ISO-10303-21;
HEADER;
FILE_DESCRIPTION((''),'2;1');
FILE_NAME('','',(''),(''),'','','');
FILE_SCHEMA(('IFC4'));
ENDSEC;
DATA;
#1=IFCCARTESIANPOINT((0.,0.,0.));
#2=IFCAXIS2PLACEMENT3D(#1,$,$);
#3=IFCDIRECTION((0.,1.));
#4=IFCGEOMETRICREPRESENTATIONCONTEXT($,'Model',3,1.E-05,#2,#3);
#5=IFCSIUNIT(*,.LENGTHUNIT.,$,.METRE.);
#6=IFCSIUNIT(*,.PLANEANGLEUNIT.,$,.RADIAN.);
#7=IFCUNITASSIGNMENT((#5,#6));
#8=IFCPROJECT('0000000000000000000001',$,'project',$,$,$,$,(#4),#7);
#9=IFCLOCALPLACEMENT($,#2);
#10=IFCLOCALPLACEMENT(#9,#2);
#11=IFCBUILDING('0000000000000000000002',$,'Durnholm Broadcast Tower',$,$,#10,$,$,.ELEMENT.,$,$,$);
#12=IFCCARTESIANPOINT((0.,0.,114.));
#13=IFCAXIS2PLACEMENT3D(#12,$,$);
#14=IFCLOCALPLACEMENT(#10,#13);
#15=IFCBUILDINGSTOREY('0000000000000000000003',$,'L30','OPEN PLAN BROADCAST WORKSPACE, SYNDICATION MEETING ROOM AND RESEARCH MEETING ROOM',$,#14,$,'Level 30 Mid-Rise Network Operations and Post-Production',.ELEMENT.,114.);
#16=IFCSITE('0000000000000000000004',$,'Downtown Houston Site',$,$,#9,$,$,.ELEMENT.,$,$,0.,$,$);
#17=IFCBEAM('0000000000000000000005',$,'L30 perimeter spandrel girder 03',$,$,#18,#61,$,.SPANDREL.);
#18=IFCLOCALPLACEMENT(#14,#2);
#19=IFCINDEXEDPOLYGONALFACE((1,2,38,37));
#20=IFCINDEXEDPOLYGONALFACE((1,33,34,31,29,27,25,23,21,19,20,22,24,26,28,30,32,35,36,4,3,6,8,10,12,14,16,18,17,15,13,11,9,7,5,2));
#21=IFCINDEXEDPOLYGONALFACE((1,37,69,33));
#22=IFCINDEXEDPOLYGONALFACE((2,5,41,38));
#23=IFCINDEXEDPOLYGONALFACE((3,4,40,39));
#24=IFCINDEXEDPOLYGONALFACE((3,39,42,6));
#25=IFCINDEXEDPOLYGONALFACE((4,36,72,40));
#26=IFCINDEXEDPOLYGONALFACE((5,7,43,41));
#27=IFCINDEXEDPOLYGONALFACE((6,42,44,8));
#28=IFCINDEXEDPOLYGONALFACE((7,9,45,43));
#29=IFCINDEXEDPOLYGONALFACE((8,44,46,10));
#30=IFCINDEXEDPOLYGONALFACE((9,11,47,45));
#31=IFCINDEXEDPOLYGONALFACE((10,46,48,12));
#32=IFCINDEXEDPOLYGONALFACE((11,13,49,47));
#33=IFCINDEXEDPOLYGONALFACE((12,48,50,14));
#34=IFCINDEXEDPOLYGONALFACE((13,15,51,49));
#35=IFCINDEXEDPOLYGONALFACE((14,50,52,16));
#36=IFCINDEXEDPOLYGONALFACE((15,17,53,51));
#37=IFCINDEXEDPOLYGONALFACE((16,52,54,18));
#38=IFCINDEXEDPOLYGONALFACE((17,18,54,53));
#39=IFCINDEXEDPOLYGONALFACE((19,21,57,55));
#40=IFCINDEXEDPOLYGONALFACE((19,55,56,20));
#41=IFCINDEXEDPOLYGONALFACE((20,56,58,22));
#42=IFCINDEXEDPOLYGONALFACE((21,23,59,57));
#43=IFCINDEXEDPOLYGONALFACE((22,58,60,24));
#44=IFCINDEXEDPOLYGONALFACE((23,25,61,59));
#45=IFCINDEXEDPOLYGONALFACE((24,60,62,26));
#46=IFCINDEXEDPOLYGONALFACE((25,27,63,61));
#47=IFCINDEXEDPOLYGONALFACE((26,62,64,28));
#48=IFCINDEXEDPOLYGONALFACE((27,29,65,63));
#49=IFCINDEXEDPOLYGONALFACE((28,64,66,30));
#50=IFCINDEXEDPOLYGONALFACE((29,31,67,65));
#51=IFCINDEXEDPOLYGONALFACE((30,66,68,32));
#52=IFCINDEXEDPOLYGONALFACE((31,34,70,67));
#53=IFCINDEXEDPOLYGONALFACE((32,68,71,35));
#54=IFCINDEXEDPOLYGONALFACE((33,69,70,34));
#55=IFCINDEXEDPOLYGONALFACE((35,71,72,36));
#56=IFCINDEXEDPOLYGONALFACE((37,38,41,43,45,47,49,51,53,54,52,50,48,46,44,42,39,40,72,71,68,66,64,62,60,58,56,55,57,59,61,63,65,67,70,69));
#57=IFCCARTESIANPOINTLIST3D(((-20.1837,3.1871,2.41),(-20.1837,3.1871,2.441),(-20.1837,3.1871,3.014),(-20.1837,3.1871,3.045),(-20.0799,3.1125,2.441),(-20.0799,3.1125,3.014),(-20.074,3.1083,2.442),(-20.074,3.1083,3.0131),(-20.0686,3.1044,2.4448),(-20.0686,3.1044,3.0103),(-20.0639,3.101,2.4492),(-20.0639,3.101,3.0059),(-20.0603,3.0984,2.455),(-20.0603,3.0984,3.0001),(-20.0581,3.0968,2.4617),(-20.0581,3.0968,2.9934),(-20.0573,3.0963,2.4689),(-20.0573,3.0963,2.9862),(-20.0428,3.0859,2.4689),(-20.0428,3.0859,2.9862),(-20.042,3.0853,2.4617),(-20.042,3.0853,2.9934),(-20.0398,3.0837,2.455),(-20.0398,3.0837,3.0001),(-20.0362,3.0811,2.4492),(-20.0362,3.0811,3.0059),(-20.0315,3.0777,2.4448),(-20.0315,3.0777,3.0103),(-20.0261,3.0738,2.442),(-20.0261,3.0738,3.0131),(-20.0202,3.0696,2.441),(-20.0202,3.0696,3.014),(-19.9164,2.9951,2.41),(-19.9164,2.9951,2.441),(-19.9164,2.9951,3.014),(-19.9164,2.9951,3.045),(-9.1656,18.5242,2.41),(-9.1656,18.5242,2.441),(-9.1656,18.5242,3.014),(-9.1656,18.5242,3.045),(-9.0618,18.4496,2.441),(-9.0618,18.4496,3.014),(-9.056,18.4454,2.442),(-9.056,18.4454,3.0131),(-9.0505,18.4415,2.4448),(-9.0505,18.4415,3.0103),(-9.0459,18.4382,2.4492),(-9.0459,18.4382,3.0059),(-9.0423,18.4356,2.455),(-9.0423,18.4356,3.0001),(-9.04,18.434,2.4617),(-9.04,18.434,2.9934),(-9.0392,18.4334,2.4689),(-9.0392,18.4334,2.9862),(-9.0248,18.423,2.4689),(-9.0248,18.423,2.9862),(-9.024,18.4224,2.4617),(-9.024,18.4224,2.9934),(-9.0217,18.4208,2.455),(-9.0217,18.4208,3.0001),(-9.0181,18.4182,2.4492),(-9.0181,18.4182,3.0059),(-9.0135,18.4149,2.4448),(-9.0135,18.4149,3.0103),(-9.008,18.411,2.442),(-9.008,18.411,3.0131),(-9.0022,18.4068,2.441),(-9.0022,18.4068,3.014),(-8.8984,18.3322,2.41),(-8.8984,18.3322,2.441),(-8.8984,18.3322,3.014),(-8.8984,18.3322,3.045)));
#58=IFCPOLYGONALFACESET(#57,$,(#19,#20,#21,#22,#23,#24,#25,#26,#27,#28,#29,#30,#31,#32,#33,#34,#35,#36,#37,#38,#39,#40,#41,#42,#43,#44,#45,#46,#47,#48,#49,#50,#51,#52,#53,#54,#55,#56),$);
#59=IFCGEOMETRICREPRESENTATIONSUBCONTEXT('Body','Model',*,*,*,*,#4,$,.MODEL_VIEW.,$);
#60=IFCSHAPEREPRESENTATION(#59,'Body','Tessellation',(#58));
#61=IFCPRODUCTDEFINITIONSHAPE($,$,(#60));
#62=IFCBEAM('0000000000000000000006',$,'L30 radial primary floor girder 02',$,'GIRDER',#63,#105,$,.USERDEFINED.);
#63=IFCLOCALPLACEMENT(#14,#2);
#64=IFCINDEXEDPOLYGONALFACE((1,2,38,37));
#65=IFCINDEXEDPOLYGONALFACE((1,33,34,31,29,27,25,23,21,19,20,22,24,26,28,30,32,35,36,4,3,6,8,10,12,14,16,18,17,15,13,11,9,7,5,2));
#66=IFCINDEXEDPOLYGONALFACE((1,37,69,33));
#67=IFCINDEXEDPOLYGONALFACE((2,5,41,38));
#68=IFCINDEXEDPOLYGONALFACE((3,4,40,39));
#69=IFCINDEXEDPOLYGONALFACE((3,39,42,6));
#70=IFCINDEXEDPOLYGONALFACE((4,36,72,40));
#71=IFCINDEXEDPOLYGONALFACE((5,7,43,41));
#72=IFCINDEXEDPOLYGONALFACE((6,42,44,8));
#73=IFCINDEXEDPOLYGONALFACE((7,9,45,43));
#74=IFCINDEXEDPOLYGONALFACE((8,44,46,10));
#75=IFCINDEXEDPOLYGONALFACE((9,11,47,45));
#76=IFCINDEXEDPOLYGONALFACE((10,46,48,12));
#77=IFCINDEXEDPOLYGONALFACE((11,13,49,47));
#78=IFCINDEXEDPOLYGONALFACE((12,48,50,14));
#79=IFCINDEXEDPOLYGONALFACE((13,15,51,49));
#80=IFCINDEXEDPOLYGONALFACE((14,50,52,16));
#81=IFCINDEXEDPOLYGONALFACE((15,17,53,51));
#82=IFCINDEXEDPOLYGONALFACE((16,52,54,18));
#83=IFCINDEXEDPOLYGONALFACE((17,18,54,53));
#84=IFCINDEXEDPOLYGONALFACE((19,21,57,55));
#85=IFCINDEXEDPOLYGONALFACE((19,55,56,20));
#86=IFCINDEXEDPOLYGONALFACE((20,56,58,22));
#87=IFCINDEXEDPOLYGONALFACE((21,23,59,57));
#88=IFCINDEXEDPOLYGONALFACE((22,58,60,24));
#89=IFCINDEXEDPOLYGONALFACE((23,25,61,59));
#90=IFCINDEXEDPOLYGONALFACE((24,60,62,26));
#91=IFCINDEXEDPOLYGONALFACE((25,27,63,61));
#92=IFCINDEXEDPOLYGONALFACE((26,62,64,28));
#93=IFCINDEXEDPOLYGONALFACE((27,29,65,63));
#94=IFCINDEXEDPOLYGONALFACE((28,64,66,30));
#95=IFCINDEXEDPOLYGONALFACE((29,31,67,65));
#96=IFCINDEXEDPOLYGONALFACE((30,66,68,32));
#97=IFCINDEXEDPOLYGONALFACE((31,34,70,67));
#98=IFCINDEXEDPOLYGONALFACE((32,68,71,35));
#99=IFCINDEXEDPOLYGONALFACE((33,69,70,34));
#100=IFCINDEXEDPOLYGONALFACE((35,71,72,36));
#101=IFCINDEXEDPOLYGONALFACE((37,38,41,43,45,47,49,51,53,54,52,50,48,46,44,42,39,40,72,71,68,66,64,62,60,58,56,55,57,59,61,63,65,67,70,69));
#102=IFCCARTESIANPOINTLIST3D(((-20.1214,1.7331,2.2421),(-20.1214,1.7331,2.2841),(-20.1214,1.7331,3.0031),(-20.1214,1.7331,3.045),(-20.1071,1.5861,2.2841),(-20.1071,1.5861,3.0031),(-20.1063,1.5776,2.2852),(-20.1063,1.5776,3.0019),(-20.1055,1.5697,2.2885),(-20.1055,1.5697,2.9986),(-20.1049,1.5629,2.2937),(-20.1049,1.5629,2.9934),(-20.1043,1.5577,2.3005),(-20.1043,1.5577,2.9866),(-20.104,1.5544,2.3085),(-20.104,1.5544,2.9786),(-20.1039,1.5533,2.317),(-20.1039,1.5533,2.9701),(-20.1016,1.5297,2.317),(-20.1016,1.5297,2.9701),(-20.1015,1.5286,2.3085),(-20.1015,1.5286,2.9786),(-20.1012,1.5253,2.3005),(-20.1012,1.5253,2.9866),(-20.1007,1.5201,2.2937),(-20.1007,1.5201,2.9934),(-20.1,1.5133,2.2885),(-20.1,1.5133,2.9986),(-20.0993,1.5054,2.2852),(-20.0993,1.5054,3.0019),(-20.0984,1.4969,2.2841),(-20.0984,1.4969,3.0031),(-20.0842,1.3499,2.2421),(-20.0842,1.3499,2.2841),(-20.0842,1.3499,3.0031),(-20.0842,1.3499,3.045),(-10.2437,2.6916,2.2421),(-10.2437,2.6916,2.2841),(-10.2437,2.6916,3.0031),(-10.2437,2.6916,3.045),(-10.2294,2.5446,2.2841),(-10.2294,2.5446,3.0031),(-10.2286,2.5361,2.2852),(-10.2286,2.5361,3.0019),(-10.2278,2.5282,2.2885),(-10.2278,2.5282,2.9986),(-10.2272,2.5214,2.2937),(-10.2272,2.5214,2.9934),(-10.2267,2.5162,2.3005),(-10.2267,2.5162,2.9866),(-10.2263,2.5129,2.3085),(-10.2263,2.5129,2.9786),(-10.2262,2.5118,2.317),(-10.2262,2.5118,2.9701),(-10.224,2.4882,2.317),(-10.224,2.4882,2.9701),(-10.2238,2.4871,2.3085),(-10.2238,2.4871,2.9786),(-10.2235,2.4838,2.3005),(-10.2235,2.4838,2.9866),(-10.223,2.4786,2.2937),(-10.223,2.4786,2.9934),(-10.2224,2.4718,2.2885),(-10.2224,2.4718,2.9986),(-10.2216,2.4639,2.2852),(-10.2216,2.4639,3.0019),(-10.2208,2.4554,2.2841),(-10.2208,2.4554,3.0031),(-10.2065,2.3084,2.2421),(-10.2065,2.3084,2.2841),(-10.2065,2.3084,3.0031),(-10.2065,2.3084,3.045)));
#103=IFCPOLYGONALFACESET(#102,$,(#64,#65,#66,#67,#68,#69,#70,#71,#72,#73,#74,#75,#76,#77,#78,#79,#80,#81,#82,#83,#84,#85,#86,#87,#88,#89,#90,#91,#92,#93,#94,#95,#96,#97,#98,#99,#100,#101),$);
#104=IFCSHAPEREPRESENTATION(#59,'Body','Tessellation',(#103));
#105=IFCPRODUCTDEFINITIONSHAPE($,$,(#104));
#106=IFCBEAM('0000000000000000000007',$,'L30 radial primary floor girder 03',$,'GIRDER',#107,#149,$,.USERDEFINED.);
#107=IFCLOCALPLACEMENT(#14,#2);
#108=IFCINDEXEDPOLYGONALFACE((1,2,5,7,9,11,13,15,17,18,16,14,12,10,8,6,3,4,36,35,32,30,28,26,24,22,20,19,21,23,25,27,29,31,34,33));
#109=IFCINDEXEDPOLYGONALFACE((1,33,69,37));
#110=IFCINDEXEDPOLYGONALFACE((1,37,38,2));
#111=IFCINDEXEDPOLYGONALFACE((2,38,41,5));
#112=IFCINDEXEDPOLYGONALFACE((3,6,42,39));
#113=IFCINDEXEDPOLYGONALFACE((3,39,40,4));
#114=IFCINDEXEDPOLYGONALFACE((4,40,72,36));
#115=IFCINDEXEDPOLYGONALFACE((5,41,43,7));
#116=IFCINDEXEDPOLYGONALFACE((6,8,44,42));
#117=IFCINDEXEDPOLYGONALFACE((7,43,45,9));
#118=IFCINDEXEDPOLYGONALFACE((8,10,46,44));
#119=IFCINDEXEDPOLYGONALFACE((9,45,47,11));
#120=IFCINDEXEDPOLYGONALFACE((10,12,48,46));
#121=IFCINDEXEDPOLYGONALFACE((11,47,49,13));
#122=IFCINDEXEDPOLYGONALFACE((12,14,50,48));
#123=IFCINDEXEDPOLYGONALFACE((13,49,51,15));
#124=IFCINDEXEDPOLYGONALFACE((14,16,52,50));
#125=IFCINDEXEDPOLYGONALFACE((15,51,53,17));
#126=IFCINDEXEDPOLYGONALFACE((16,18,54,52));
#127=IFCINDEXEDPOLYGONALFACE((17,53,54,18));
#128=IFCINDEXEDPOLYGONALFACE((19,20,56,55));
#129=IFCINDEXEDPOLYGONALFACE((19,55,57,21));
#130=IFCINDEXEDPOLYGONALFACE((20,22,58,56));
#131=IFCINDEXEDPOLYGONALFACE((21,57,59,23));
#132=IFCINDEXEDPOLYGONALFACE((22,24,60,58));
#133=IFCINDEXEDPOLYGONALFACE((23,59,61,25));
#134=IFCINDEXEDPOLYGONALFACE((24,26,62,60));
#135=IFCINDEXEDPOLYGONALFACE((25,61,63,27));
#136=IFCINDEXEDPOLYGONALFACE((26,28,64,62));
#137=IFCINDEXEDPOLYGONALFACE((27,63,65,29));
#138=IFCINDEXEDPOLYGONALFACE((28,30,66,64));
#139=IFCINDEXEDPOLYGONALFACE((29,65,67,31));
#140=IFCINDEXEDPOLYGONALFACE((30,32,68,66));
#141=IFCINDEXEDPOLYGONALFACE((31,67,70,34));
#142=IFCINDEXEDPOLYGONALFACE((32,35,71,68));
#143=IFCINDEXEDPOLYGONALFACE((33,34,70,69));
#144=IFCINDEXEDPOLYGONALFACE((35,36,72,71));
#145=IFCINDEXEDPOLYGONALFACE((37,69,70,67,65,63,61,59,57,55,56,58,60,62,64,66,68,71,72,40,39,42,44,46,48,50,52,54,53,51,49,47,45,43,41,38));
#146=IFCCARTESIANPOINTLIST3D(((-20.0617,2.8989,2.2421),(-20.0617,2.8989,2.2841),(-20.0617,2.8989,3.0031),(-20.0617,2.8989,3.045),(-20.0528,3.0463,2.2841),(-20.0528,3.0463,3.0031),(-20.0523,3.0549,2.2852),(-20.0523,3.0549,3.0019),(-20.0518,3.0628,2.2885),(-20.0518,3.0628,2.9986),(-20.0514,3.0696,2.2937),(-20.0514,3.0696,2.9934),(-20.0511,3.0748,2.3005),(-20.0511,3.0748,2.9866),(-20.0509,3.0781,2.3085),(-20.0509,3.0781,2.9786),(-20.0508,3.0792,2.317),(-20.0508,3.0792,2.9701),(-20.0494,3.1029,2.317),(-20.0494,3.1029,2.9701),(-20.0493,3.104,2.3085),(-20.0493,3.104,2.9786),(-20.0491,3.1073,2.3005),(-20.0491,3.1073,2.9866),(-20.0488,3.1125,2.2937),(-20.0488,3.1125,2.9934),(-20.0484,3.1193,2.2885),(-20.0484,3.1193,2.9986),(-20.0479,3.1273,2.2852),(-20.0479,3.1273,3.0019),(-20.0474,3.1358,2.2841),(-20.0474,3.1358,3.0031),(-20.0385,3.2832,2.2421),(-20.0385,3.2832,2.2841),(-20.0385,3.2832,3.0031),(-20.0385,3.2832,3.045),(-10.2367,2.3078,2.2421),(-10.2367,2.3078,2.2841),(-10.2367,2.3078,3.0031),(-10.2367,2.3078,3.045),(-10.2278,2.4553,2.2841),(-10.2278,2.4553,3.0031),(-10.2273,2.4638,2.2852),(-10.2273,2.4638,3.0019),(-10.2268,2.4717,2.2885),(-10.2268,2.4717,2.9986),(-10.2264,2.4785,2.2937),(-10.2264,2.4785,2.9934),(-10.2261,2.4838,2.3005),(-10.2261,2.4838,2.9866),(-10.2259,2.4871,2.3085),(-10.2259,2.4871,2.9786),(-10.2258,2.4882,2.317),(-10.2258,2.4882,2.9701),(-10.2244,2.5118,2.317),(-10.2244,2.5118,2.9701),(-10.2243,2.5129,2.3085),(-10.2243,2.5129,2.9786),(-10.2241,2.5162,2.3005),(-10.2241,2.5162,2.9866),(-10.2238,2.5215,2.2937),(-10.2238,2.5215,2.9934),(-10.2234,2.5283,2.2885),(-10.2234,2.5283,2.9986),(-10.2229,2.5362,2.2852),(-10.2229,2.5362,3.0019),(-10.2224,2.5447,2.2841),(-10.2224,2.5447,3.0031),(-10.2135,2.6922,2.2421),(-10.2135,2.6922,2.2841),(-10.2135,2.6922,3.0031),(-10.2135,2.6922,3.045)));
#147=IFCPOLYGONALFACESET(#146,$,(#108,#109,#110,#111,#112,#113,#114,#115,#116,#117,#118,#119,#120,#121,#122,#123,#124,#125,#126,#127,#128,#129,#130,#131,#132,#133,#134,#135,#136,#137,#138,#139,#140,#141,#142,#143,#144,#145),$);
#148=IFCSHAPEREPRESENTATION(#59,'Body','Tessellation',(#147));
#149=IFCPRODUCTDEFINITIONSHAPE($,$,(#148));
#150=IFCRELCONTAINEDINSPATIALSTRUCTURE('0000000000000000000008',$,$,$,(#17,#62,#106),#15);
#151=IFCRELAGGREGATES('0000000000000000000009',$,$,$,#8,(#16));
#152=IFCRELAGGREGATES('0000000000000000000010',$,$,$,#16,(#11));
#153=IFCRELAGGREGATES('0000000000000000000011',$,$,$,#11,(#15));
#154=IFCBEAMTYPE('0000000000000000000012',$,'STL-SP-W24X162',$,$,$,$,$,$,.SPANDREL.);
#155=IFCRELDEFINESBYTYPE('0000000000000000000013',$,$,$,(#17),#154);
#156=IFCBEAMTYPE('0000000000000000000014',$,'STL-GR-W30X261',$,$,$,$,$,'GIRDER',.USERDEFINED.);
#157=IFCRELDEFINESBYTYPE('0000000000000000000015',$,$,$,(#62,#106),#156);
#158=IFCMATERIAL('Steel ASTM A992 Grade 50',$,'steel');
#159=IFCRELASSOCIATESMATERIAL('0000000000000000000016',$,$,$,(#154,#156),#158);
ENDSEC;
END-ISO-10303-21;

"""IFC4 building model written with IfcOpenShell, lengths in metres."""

from ifc_helpers import new_model, si_unit, direction, frame, origin, origin_2d, place, context, subcontext, project, spatial, i_section, extrude, source, transform, mapped, material, material_profile, profile_set, type_object, type_shapes, element, save


model = new_model("IFC4")

# Units and contexts
model_context = context("Model", 3, precision=1e-05, world=origin(), true_north=direction((0.0, 1.0)))
body_context = subcontext(model_context, "Body", "Model", "MODEL_VIEW")
ifc_project = project(units=[si_unit("LENGTHUNIT", "METRE"), si_unit("PLANEANGLEUNIT", "RADIAN")], contexts=[model_context])

# Site, building, storey
site_placement = place(None, origin())
site = spatial("IfcSite", under=ifc_project, at=site_placement, Name="Downtown Houston Site", CompositionType="ELEMENT", RefElevation=0.0)
building_placement = place(site_placement, origin())
building = spatial("IfcBuilding", under=site, at=building_placement, Name="Durnholm Broadcast Tower", CompositionType="ELEMENT")
storey_placement = place(building_placement, frame((0.0, 0.0, 114.0)))
storey = spatial("IfcBuildingStorey", under=building, at=storey_placement, Name="L30", Description="OPEN PLAN BROADCAST WORKSPACE, SYNDICATION MEETING ROOM AND RESEARCH MEETING ROOM", LongName="Level 30 Mid-Rise Network Operations and Post-Production", CompositionType="ELEMENT", Elevation=114.0)

# Beams
ifc_material_1 = material(Name="Steel ASTM A992 Grade 50", Category="steel")
ifc_material_profile_1 = material_profile(ifc_material_1, i_section(OverallWidth=0.3291, OverallDepth=0.635, WebThickness=0.0178, FlangeThickness=0.031, FilletRadius=0.0278, at=origin_2d()), Name="W24X162")
ifc_profile_set_1 = profile_set([ifc_material_profile_1], Name="Steel ASTM A992 Grade 50")
beam_type_1 = type_object("IfcBeamType", Name="STL-SP-W24X162", PredefinedType="SPANDREL", material=ifc_profile_set_1)
shared_shape_1 = source(origin(), body_context, "Body", "SweptSolid", [
    extrude(i_section(OverallWidth=0.3291, OverallDepth=0.635, WebThickness=0.0178, FlangeThickness=0.031, FilletRadius=0.0278, at=origin_2d()), origin(), (0.0, 0.0, 1.0), 18.8845),
])
beam_1_placement = place(storey_placement, frame((-20.05, 3.0911, 2.7275), z_axis=(0.583443, 0.812154, 0.0), x_axis=(-0.812154, 0.583443, 0.0)))
element("IfcBeam", 1, at=beam_1_placement, inside=storey, type_object=beam_type_1, Name="L30 perimeter spandrel girder 03", PredefinedType="SPANDREL", context=body_context, shape_type="MappedRepresentation", body=[
    mapped(shared_shape_1, transform((0.0, 0.0, 0.0), x_axis=(1.0, 0.0, 0.0), y_axis=(0.0, 1.0, 0.0), z_axis=(0.0, 0.0, 1.0), scale=1.0)),
])
ifc_material_profile_2 = material_profile(ifc_material_1, i_section(OverallWidth=0.385, OverallDepth=0.803, WebThickness=0.0237, FlangeThickness=0.042, FilletRadius=0.033, at=origin_2d()), Name="W30X261")
ifc_profile_set_2 = profile_set([ifc_material_profile_2], Name="Steel ASTM A992 Grade 50")
beam_type_2 = type_object("IfcBeamType", Name="STL-GR-W30X261", ElementType="GIRDER", PredefinedType="USERDEFINED", material=ifc_profile_set_2)
shared_shape_2 = source(origin(), body_context, "Body", "SweptSolid", [
    extrude(i_section(OverallWidth=0.385, OverallDepth=0.803, WebThickness=0.0237, FlangeThickness=0.042, FilletRadius=0.033, at=origin_2d()), origin(), (0.0, 0.0, 1.0), 9.9241),
])
beam_2_placement = place(storey_placement, frame((-10.2251, 2.5, 2.6436), z_axis=(-0.995325, -0.096583, 0.0), x_axis=(0.096583, -0.995325, 0.0)))
element("IfcBeam", 2, at=beam_2_placement, inside=storey, type_object=beam_type_2, Name="L30 radial primary floor girder 02", ObjectType="GIRDER", PredefinedType="USERDEFINED", context=body_context, shape_type="MappedRepresentation", body=[
    mapped(shared_shape_2, transform((0.0, 0.0, 0.0), x_axis=(1.0, 0.0, 0.0), y_axis=(0.0, 1.0, 0.0), z_axis=(0.0, 0.0, 1.0), scale=1.0)),
])
shared_shape_3 = source(origin(), body_context, "Body", "SweptSolid", [
    extrude(i_section(OverallWidth=0.385, OverallDepth=0.803, WebThickness=0.0237, FlangeThickness=0.042, FilletRadius=0.033, at=origin_2d()), origin(), (0.0, 0.0, 1.0), 9.8428),
])
type_shapes(beam_type_2, [shared_shape_2, shared_shape_3])
beam_3_placement = place(storey_placement, frame((-10.2251, 2.5, 2.6436), z_axis=(-0.998195, 0.060051, 0.0), x_axis=(-0.060051, -0.998195, 0.0)))
element("IfcBeam", 3, at=beam_3_placement, inside=storey, type_object=beam_type_2, Name="L30 radial primary floor girder 03", ObjectType="GIRDER", PredefinedType="USERDEFINED", context=body_context, shape_type="MappedRepresentation", body=[
    mapped(shared_shape_3, transform((0.0, 0.0, 0.0), x_axis=(1.0, 0.0, 0.0), y_axis=(0.0, 1.0, 0.0), z_axis=(0.0, 0.0, 1.0), scale=1.0)),
])

save(model, "model.ifc")
